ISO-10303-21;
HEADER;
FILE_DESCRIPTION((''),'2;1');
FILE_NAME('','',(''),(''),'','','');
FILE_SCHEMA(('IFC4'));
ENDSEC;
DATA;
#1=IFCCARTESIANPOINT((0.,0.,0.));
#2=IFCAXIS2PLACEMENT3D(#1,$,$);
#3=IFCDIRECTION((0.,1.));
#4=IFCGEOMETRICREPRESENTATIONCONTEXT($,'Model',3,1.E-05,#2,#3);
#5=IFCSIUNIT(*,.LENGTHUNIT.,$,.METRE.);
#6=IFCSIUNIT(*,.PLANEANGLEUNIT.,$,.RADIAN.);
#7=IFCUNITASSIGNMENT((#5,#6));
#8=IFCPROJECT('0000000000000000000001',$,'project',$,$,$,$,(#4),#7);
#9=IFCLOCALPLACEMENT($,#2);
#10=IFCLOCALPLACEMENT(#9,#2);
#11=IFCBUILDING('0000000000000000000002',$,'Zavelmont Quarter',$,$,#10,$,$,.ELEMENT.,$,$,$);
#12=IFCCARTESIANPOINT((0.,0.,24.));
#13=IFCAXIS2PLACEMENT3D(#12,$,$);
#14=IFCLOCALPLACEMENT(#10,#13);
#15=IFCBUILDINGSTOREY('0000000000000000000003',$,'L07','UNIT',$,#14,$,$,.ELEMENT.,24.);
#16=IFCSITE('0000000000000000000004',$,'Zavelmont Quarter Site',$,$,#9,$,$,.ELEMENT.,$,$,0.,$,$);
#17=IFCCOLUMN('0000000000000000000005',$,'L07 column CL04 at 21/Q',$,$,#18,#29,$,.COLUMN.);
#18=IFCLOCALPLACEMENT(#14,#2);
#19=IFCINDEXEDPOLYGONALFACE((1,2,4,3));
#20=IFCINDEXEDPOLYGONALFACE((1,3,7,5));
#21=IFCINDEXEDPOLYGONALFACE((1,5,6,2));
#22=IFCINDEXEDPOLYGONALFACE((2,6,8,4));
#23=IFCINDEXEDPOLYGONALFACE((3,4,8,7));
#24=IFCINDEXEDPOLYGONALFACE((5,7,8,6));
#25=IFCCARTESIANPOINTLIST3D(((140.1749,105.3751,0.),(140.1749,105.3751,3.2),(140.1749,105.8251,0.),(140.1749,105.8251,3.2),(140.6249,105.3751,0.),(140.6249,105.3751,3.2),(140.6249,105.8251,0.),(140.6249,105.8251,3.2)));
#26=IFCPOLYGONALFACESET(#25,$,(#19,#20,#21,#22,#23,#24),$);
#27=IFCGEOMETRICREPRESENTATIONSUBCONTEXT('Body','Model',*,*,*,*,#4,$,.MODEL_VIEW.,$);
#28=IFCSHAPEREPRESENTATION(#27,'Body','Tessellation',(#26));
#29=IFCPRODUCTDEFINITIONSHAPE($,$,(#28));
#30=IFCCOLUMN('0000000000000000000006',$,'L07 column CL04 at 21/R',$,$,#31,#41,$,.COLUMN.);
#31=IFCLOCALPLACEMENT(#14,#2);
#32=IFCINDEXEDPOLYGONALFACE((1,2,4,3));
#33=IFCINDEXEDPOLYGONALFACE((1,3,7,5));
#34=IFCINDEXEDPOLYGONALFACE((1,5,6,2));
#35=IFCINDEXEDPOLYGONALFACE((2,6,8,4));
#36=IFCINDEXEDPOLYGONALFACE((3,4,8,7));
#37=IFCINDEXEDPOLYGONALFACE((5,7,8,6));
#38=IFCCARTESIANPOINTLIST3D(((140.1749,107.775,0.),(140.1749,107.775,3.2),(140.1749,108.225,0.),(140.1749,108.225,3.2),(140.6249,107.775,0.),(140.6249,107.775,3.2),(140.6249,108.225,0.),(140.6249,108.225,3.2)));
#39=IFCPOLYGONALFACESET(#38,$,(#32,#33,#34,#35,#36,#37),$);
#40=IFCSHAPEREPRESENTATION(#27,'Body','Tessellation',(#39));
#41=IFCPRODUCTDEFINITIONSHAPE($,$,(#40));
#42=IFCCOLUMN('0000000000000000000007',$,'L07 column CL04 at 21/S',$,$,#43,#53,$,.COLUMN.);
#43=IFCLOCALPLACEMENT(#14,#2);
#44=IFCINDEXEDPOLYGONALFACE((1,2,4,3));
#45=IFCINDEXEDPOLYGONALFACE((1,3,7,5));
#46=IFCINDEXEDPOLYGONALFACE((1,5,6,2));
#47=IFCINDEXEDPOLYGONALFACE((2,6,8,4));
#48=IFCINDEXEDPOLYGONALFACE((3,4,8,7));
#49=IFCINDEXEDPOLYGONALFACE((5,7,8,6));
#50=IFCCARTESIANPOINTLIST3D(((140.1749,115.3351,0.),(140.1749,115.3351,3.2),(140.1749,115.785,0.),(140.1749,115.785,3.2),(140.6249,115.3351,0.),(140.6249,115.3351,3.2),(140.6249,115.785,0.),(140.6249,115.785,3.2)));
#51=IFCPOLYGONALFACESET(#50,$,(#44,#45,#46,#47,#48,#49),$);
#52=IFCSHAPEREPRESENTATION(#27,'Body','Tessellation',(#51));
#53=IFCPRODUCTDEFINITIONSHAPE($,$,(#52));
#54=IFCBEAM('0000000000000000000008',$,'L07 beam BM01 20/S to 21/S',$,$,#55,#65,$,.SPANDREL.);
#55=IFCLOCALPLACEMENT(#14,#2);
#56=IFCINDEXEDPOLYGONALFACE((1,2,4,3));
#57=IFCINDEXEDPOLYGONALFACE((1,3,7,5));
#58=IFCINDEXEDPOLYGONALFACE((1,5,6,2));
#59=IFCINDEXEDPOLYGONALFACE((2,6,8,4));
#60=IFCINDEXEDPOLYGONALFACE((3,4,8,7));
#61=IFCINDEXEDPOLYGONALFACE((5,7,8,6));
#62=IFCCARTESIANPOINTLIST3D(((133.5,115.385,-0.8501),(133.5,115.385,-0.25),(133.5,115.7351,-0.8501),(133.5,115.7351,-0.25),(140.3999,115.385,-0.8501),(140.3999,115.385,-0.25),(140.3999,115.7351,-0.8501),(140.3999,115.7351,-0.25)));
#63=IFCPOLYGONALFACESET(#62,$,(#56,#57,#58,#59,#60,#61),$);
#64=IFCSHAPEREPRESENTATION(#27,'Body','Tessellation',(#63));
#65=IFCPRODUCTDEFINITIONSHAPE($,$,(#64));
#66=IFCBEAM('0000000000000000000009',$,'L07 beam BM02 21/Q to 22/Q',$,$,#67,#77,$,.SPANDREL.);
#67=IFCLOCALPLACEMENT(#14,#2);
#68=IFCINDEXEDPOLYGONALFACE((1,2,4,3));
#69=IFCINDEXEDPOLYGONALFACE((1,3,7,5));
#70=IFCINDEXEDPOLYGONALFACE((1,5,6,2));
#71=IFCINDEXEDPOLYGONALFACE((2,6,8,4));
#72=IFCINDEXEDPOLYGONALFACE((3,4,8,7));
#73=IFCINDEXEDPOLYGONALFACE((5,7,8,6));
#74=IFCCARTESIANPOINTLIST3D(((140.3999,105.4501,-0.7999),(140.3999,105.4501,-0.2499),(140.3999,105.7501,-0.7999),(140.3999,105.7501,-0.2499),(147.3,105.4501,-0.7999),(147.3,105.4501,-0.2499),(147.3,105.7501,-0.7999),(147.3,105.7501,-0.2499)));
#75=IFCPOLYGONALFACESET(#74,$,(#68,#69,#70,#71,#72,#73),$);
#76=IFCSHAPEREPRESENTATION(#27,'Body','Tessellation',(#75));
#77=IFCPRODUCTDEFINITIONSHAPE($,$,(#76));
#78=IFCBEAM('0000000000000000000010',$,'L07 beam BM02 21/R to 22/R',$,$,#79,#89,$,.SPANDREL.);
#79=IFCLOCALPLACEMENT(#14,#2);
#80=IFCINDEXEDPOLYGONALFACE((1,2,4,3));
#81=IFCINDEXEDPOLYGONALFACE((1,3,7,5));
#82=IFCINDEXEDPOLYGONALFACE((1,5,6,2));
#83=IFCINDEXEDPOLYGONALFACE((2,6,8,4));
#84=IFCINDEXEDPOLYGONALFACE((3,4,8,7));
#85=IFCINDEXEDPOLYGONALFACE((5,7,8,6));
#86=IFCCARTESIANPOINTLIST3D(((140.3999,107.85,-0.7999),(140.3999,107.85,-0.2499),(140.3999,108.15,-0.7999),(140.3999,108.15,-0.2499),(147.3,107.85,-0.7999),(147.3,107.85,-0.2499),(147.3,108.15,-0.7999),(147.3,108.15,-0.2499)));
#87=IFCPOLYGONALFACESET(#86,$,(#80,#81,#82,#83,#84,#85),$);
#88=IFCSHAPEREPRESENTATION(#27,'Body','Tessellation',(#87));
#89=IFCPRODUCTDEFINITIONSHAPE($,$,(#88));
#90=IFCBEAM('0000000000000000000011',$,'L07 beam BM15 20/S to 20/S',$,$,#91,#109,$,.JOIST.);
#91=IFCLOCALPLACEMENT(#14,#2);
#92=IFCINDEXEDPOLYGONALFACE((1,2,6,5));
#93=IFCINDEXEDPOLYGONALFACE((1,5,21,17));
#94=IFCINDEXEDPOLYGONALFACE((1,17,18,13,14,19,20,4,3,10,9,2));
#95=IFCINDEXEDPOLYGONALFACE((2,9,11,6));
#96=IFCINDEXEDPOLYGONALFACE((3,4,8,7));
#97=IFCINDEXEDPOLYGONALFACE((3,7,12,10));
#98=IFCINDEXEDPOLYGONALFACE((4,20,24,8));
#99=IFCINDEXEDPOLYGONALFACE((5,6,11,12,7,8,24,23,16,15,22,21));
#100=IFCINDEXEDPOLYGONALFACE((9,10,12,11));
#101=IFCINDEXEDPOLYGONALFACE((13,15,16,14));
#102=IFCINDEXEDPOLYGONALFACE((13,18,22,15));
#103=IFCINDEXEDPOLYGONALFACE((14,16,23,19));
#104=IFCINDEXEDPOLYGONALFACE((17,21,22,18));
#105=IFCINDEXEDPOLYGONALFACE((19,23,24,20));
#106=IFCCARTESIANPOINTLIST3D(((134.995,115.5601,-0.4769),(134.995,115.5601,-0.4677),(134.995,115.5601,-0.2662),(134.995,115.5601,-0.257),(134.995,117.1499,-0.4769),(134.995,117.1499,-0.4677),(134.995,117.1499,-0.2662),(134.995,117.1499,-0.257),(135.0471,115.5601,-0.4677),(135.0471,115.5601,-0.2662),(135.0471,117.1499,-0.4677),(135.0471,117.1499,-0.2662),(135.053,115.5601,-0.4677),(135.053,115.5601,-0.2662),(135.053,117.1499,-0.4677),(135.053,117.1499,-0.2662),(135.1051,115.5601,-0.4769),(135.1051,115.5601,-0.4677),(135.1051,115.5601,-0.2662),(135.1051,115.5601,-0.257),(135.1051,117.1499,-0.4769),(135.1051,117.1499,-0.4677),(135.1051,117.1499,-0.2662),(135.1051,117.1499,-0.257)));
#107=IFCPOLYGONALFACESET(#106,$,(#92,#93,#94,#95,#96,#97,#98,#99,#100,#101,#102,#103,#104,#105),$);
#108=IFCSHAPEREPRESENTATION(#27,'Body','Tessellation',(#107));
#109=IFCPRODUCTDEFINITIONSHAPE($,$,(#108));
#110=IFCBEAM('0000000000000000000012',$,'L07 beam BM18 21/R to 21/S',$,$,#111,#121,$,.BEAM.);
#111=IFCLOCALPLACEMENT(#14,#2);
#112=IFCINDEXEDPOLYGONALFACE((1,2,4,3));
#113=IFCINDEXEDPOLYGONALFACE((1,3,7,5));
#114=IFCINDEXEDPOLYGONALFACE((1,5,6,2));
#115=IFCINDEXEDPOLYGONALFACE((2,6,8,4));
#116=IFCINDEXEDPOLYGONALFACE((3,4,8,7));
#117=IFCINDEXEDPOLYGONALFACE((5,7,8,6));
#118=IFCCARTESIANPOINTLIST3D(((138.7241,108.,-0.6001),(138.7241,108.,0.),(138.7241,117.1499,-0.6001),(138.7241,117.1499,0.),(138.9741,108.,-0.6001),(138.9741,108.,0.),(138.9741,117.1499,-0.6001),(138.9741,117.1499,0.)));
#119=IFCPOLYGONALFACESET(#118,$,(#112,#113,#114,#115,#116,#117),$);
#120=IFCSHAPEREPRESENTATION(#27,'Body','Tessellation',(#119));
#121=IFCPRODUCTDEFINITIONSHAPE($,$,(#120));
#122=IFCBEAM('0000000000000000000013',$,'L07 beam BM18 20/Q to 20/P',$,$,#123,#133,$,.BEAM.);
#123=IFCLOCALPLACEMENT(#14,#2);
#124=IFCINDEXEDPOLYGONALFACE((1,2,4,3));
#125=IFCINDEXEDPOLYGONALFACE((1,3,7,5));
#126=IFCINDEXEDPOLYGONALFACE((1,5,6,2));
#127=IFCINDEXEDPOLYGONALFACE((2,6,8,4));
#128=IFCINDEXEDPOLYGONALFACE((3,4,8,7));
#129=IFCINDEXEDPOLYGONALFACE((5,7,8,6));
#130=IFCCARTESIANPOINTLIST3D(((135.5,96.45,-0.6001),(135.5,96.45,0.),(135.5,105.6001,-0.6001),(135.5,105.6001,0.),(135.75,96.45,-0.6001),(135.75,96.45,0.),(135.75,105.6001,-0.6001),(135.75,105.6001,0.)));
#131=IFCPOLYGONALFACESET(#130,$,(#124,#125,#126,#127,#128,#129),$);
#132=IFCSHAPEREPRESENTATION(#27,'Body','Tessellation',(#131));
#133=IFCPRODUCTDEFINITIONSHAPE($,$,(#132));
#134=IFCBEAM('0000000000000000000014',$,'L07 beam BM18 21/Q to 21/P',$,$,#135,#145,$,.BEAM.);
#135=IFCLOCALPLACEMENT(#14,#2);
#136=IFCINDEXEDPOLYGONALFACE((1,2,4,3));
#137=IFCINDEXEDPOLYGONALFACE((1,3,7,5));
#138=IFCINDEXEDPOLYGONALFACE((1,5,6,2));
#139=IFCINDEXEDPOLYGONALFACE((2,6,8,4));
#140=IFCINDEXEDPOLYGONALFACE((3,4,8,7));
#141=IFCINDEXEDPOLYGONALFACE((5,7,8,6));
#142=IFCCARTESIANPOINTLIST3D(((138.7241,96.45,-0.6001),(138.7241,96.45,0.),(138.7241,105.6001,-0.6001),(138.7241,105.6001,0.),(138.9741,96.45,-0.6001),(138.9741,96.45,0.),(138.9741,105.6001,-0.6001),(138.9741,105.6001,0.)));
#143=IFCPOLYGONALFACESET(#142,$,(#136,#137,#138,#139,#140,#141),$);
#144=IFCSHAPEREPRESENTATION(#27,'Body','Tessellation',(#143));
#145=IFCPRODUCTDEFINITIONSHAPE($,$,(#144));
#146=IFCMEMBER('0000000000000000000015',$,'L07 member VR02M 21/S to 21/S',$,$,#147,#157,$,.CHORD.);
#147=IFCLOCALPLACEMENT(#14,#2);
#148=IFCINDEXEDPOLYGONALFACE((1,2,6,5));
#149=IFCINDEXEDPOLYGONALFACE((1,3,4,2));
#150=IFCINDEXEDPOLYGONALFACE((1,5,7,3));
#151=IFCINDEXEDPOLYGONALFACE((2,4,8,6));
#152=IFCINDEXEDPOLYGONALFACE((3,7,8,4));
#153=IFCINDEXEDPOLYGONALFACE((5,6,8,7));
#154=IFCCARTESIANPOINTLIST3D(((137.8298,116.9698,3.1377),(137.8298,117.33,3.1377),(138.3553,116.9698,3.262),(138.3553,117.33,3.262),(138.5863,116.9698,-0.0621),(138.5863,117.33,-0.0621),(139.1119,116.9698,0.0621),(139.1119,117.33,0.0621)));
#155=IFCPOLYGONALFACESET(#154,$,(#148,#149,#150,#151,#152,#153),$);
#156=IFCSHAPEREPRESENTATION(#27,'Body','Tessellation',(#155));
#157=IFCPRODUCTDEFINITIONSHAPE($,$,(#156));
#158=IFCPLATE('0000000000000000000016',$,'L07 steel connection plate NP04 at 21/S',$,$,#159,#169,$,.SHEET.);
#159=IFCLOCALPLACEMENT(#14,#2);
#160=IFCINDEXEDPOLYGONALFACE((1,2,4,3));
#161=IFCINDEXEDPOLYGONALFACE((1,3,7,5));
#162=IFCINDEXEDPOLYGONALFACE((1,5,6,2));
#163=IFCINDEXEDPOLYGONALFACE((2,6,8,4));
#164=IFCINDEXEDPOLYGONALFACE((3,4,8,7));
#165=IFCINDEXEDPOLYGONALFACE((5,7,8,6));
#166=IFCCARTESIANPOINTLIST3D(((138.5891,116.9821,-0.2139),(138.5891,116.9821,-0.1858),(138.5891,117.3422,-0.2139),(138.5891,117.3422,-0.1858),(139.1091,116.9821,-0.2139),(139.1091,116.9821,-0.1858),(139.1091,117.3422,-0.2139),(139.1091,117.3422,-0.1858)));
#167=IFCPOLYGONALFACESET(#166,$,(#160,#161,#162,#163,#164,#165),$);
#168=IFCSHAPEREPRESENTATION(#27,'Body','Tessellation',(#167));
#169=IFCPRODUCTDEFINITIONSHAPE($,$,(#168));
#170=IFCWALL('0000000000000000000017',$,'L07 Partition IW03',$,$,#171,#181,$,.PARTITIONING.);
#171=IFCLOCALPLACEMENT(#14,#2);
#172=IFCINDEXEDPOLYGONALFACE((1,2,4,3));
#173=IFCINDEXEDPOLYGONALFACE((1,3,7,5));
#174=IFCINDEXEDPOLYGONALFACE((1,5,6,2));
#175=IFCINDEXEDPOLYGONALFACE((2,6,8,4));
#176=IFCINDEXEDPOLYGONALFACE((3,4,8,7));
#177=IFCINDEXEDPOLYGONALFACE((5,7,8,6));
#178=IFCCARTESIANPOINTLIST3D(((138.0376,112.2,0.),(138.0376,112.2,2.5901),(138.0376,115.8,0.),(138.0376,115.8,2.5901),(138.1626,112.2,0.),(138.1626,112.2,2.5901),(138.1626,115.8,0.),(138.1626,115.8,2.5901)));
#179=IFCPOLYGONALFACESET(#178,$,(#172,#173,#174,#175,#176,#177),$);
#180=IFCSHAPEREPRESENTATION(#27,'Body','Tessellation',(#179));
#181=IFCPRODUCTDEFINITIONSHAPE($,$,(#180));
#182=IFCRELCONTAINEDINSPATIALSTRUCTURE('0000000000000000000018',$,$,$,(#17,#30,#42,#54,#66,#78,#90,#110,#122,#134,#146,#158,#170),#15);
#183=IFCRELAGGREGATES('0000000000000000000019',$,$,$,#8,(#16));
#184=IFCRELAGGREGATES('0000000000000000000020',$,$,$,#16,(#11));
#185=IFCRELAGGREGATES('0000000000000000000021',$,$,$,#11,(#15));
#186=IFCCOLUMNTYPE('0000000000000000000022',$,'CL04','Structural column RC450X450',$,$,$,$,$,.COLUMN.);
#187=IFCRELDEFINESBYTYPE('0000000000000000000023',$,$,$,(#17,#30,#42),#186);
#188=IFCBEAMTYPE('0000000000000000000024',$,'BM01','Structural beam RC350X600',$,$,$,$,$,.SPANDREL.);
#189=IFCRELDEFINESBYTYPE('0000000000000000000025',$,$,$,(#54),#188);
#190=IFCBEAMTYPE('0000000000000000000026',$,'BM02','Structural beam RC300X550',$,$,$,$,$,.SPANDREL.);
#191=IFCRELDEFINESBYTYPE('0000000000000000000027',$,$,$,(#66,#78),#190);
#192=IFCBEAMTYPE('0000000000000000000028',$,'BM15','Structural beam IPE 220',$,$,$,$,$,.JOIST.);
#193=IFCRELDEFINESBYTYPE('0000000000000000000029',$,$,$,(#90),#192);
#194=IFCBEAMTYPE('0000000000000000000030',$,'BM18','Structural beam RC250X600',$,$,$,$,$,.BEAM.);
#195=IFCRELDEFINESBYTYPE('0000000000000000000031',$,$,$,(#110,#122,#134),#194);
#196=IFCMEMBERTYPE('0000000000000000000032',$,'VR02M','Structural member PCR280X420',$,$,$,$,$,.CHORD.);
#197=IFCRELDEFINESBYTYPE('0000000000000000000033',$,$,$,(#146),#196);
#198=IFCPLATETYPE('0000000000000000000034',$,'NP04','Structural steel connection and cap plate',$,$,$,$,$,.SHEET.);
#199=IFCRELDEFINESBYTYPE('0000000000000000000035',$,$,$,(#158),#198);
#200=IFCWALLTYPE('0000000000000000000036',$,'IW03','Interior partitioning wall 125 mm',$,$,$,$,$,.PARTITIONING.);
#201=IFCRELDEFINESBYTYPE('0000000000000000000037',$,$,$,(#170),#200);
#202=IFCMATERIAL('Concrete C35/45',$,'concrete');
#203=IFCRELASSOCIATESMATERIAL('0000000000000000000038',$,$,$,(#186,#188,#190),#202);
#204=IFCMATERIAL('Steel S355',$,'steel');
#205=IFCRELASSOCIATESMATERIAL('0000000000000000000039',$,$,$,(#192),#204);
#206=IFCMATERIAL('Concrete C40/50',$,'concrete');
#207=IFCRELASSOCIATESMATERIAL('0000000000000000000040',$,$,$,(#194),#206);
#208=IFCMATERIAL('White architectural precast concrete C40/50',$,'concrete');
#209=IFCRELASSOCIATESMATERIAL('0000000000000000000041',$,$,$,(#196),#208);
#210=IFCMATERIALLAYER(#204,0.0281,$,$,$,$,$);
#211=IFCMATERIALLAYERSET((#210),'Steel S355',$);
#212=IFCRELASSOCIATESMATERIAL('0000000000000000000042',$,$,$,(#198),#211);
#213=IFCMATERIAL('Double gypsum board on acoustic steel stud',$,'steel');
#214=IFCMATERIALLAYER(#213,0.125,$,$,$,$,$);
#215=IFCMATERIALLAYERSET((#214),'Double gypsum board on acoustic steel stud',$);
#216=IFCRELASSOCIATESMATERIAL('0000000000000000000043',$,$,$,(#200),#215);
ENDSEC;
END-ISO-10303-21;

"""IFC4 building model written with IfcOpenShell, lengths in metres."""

from ifc_helpers import new_model, si_unit, direction, frame, frame_2d, origin, origin_2d, place, context, subcontext, project, spatial, rectangle, i_section, extrude, material, layer, layer_set, material_profile, profile_set, type_object, element, save


model = new_model("IFC4")

# Units and contexts
model_context = context("Model", 3, precision=1e-05, world=origin(), true_north=direction((0.0, 1.0)))
body_context = subcontext(model_context, "Body", "Model", "MODEL_VIEW")
ifc_project = project(units=[si_unit("LENGTHUNIT", "METRE"), si_unit("PLANEANGLEUNIT", "RADIAN")], contexts=[model_context])

# Site, building, storey
site_placement = place(None, origin())
site = spatial("IfcSite", under=ifc_project, at=site_placement, Name="Zavelmont Quarter Site", CompositionType="ELEMENT", RefElevation=0.0)
building_placement = place(site_placement, origin())
building = spatial("IfcBuilding", under=site, at=building_placement, Name="Zavelmont Quarter", CompositionType="ELEMENT")
storey_placement = place(building_placement, frame((0.0, 0.0, 24.0)))
storey = spatial("IfcBuildingStorey", under=building, at=storey_placement, Name="L07", Description="UNIT", CompositionType="ELEMENT", Elevation=24.0)

# Columns
ifc_material_1 = material(Name="Concrete C35/45", Category="concrete")
ifc_material_profile_1 = material_profile(ifc_material_1, rectangle(XDim=0.45, YDim=0.45, at=origin_2d()), Name="RC450X450")
ifc_profile_set_1 = profile_set([ifc_material_profile_1], Name="Concrete C35/45")
column_type = type_object("IfcColumnType", Name="CL04", Description="Structural column RC450X450", PredefinedType="COLUMN", material=ifc_profile_set_1)
for number, where, z_axis, x_axis, name in (
    (1, (140.3999, 105.6001, 0.0), (0.0, 0.0, 1.0), (1.0, 0.0, 0.0), "L07 column CL04 at 21/Q"),
    (2, (140.3999, 108.0, 0.0), (0.0, 0.0, 1.0), (1.0, 0.0, 0.0), "L07 column CL04 at 21/R"),
    (3, (140.3999, 115.5601, 0.0), (0.0, 0.0, 1.0), (1.0, 0.0, 0.0), "L07 column CL04 at 21/S"),
):
    element("IfcColumn", number, at=place(storey_placement, frame(where, z_axis=z_axis, x_axis=x_axis)), inside=storey, type_object=column_type, Name=name, PredefinedType="COLUMN", context=body_context, shape_type="SweptSolid", body=[
        extrude(rectangle(XDim=0.45, YDim=0.45, at=origin_2d()), origin(), (0.0, 0.0, 1.0), 3.2),
    ])

# Beams
ifc_material_profile_2 = material_profile(ifc_material_1, rectangle(XDim=0.3501, YDim=0.6001, at=origin_2d()), Name="RC350X600")
ifc_profile_set_2 = profile_set([ifc_material_profile_2], Name="Concrete C35/45")
beam_type_1 = type_object("IfcBeamType", Name="BM01", Description="Structural beam RC350X600", PredefinedType="SPANDREL", material=ifc_profile_set_2)
beam_1_placement = place(storey_placement, frame((133.5, 115.5601, -0.55), z_axis=(1.0, 0.0, 0.0), x_axis=(0.0, 1.0, 0.0)))
element("IfcBeam", 4, at=beam_1_placement, inside=storey, type_object=beam_type_1, Name="L07 beam BM01 20/S to 21/S", PredefinedType="SPANDREL", context=body_context, shape_type="SweptSolid", body=[
    extrude(rectangle(XDim=0.3501, YDim=0.6001, at=origin_2d()), origin(), (0.0, 0.0, 1.0), 6.8999),
])
ifc_material_profile_3 = material_profile(ifc_material_1, rectangle(XDim=0.3, YDim=0.55, at=origin_2d()), Name="RC300X550")
ifc_profile_set_3 = profile_set([ifc_material_profile_3], Name="Concrete C35/45")
beam_type_2 = type_object("IfcBeamType", Name="BM02", Description="Structural beam RC300X550", PredefinedType="SPANDREL", material=ifc_profile_set_3)
for number, where, z_axis, x_axis, name in (
    (5, (140.3999, 105.6001, -0.5249), (1.0, 0.0, 0.0), (0.0, 1.0, 0.0), "L07 beam BM02 21/Q to 22/Q"),
    (6, (140.3999, 108.0, -0.5249), (1.0, 0.0, 0.0), (0.0, 1.0, 0.0), "L07 beam BM02 21/R to 22/R"),
):
    element("IfcBeam", number, at=place(storey_placement, frame(where, z_axis=z_axis, x_axis=x_axis)), inside=storey, type_object=beam_type_2, Name=name, PredefinedType="SPANDREL", context=body_context, shape_type="SweptSolid", body=[
        extrude(rectangle(XDim=0.3, YDim=0.55, at=origin_2d()), origin(), (0.0, 0.0, 1.0), 6.9001),
    ])
ifc_material_2 = material(Name="Steel S355", Category="steel")
ifc_material_profile_4 = material_profile(ifc_material_2, i_section(OverallWidth=0.1101, OverallDepth=0.22, WebThickness=0.0059, FlangeThickness=0.0093, at=origin_2d()), Name="IPE 220")
ifc_profile_set_4 = profile_set([ifc_material_profile_4], Name="Steel S355")
beam_type_3 = type_object("IfcBeamType", Name="BM15", Description="Structural beam IPE 220", PredefinedType="JOIST", material=ifc_profile_set_4)
beam_2_placement = place(storey_placement, frame((135.05, 115.5601, -0.3669), z_axis=(0.0, 1.0, 0.0), x_axis=(-1.0, 0.0, 0.0)))
element("IfcBeam", 7, at=beam_2_placement, inside=storey, type_object=beam_type_3, Name="L07 beam BM15 20/S to 20/S", PredefinedType="JOIST", context=body_context, shape_type="SweptSolid", body=[
    extrude(i_section(OverallWidth=0.1101, OverallDepth=0.22, WebThickness=0.0059, FlangeThickness=0.0093, at=origin_2d()), origin(), (0.0, 0.0, 1.0), 1.5898),
])
ifc_material_3 = material(Name="Concrete C40/50", Category="concrete")
ifc_material_profile_5 = material_profile(ifc_material_3, rectangle(XDim=0.25, YDim=0.6001, at=origin_2d()), Name="RC250X600")
ifc_profile_set_5 = profile_set([ifc_material_profile_5], Name="Concrete C40/50")
beam_type_4 = type_object("IfcBeamType", Name="BM18", Description="Structural beam RC250X600", PredefinedType="BEAM", material=ifc_profile_set_5)
beam_3_placement = place(storey_placement, frame((138.8491, 108.0, -0.3), z_axis=(0.0, 1.0, 0.0), x_axis=(-1.0, 0.0, 0.0)))
element("IfcBeam", 8, at=beam_3_placement, inside=storey, type_object=beam_type_4, Name="L07 beam BM18 21/R to 21/S", PredefinedType="BEAM", context=body_context, shape_type="SweptSolid", body=[
    extrude(rectangle(XDim=0.25, YDim=0.6001, at=origin_2d()), origin(), (0.0, 0.0, 1.0), 9.1499),
])
for number, where, z_axis, x_axis, name in (
    (9, (135.625, 105.6001, -0.3), (0.0, -1.0, 0.0), (1.0, 0.0, 0.0), "L07 beam BM18 20/Q to 20/P"),
    (10, (138.8491, 105.6001, -0.3), (0.0, -1.0, 0.0), (1.0, 0.0, 0.0), "L07 beam BM18 21/Q to 21/P"),
):
    element("IfcBeam", number, at=place(storey_placement, frame(where, z_axis=z_axis, x_axis=x_axis)), inside=storey, type_object=beam_type_4, Name=name, PredefinedType="BEAM", context=body_context, shape_type="SweptSolid", body=[
        extrude(rectangle(XDim=0.25, YDim=0.6001, at=origin_2d()), origin(), (0.0, 0.0, 1.0), 9.1501),
    ])

# Member
ifc_material_4 = material(Name="White architectural precast concrete C40/50", Category="concrete")
ifc_material_profile_6 = material_profile(ifc_material_4, rectangle(XDim=0.3601, YDim=0.54, at=origin_2d()), Name="PCR280X420")
ifc_profile_set_6 = profile_set([ifc_material_profile_6], Name="White architectural precast concrete C40/50")
member_type = type_object("IfcMemberType", Name="VR02M", Description="Structural member PCR280X420", PredefinedType="CHORD", material=ifc_profile_set_6)
member_placement = place(storey_placement, frame((138.8491, 117.1499, 0.0), z_axis=(-0.230094, 0.0, 0.973168), x_axis=(0.0, -1.0, 0.0)))
element("IfcMember", 11, at=member_placement, inside=storey, type_object=member_type, Name="L07 member VR02M 21/S to 21/S", PredefinedType="CHORD", context=body_context, shape_type="SweptSolid", body=[
    extrude(rectangle(XDim=0.3601, YDim=0.54, at=origin_2d()), origin(), (0.0, 0.0, 1.0), 3.2881),
])

# Plate
ifc_layer_1 = layer(ifc_material_2, 0.0281)
ifc_layer_set_1 = layer_set([ifc_layer_1], Name="Steel S355")
plate_type = type_object("IfcPlateType", Name="NP04", Description="Structural steel connection and cap plate", PredefinedType="SHEET", material=ifc_layer_set_1)
plate_placement = place(storey_placement, frame((138.8491, 117.1621, -0.2139), z_axis=(0.0, 0.0, 1.0), x_axis=(1.0, 0.0, 0.0)))
element("IfcPlate", 12, at=plate_placement, inside=storey, type_object=plate_type, Name="L07 steel connection plate NP04 at 21/S", PredefinedType="SHEET", context=body_context, shape_type="SweptSolid", body=[
    extrude(rectangle(XDim=0.52, YDim=0.3601, at=origin_2d()), origin(), (0.0, 0.0, 1.0), 0.0281),
])

# Wall
ifc_material_5 = material(Name="Double gypsum board on acoustic steel stud", Category="steel")
ifc_layer_2 = layer(ifc_material_5, 0.125)
ifc_layer_set_2 = layer_set([ifc_layer_2], Name="Double gypsum board on acoustic steel stud")
wall_type_1 = type_object("IfcWallType", Name="IW03", Description="Interior partitioning wall 125 mm", PredefinedType="PARTITIONING", material=ifc_layer_set_2)
wall_placement = place(storey_placement, frame((138.1001, 112.2, 0.0), z_axis=(0.0, 0.0, 1.0), x_axis=(0.0, 1.0, 0.0)))
element("IfcWall", 13, at=wall_placement, inside=storey, type_object=wall_type_1, Name="L07 Partition IW03", PredefinedType="PARTITIONING", context=body_context, shape_type="SweptSolid", body=[
    extrude(rectangle(XDim=3.6001, YDim=0.125, at=frame_2d((1.8, 0.0))), origin(), (0.0, 0.0, 1.0), 2.5901),
])

save(model, "model.ifc")
